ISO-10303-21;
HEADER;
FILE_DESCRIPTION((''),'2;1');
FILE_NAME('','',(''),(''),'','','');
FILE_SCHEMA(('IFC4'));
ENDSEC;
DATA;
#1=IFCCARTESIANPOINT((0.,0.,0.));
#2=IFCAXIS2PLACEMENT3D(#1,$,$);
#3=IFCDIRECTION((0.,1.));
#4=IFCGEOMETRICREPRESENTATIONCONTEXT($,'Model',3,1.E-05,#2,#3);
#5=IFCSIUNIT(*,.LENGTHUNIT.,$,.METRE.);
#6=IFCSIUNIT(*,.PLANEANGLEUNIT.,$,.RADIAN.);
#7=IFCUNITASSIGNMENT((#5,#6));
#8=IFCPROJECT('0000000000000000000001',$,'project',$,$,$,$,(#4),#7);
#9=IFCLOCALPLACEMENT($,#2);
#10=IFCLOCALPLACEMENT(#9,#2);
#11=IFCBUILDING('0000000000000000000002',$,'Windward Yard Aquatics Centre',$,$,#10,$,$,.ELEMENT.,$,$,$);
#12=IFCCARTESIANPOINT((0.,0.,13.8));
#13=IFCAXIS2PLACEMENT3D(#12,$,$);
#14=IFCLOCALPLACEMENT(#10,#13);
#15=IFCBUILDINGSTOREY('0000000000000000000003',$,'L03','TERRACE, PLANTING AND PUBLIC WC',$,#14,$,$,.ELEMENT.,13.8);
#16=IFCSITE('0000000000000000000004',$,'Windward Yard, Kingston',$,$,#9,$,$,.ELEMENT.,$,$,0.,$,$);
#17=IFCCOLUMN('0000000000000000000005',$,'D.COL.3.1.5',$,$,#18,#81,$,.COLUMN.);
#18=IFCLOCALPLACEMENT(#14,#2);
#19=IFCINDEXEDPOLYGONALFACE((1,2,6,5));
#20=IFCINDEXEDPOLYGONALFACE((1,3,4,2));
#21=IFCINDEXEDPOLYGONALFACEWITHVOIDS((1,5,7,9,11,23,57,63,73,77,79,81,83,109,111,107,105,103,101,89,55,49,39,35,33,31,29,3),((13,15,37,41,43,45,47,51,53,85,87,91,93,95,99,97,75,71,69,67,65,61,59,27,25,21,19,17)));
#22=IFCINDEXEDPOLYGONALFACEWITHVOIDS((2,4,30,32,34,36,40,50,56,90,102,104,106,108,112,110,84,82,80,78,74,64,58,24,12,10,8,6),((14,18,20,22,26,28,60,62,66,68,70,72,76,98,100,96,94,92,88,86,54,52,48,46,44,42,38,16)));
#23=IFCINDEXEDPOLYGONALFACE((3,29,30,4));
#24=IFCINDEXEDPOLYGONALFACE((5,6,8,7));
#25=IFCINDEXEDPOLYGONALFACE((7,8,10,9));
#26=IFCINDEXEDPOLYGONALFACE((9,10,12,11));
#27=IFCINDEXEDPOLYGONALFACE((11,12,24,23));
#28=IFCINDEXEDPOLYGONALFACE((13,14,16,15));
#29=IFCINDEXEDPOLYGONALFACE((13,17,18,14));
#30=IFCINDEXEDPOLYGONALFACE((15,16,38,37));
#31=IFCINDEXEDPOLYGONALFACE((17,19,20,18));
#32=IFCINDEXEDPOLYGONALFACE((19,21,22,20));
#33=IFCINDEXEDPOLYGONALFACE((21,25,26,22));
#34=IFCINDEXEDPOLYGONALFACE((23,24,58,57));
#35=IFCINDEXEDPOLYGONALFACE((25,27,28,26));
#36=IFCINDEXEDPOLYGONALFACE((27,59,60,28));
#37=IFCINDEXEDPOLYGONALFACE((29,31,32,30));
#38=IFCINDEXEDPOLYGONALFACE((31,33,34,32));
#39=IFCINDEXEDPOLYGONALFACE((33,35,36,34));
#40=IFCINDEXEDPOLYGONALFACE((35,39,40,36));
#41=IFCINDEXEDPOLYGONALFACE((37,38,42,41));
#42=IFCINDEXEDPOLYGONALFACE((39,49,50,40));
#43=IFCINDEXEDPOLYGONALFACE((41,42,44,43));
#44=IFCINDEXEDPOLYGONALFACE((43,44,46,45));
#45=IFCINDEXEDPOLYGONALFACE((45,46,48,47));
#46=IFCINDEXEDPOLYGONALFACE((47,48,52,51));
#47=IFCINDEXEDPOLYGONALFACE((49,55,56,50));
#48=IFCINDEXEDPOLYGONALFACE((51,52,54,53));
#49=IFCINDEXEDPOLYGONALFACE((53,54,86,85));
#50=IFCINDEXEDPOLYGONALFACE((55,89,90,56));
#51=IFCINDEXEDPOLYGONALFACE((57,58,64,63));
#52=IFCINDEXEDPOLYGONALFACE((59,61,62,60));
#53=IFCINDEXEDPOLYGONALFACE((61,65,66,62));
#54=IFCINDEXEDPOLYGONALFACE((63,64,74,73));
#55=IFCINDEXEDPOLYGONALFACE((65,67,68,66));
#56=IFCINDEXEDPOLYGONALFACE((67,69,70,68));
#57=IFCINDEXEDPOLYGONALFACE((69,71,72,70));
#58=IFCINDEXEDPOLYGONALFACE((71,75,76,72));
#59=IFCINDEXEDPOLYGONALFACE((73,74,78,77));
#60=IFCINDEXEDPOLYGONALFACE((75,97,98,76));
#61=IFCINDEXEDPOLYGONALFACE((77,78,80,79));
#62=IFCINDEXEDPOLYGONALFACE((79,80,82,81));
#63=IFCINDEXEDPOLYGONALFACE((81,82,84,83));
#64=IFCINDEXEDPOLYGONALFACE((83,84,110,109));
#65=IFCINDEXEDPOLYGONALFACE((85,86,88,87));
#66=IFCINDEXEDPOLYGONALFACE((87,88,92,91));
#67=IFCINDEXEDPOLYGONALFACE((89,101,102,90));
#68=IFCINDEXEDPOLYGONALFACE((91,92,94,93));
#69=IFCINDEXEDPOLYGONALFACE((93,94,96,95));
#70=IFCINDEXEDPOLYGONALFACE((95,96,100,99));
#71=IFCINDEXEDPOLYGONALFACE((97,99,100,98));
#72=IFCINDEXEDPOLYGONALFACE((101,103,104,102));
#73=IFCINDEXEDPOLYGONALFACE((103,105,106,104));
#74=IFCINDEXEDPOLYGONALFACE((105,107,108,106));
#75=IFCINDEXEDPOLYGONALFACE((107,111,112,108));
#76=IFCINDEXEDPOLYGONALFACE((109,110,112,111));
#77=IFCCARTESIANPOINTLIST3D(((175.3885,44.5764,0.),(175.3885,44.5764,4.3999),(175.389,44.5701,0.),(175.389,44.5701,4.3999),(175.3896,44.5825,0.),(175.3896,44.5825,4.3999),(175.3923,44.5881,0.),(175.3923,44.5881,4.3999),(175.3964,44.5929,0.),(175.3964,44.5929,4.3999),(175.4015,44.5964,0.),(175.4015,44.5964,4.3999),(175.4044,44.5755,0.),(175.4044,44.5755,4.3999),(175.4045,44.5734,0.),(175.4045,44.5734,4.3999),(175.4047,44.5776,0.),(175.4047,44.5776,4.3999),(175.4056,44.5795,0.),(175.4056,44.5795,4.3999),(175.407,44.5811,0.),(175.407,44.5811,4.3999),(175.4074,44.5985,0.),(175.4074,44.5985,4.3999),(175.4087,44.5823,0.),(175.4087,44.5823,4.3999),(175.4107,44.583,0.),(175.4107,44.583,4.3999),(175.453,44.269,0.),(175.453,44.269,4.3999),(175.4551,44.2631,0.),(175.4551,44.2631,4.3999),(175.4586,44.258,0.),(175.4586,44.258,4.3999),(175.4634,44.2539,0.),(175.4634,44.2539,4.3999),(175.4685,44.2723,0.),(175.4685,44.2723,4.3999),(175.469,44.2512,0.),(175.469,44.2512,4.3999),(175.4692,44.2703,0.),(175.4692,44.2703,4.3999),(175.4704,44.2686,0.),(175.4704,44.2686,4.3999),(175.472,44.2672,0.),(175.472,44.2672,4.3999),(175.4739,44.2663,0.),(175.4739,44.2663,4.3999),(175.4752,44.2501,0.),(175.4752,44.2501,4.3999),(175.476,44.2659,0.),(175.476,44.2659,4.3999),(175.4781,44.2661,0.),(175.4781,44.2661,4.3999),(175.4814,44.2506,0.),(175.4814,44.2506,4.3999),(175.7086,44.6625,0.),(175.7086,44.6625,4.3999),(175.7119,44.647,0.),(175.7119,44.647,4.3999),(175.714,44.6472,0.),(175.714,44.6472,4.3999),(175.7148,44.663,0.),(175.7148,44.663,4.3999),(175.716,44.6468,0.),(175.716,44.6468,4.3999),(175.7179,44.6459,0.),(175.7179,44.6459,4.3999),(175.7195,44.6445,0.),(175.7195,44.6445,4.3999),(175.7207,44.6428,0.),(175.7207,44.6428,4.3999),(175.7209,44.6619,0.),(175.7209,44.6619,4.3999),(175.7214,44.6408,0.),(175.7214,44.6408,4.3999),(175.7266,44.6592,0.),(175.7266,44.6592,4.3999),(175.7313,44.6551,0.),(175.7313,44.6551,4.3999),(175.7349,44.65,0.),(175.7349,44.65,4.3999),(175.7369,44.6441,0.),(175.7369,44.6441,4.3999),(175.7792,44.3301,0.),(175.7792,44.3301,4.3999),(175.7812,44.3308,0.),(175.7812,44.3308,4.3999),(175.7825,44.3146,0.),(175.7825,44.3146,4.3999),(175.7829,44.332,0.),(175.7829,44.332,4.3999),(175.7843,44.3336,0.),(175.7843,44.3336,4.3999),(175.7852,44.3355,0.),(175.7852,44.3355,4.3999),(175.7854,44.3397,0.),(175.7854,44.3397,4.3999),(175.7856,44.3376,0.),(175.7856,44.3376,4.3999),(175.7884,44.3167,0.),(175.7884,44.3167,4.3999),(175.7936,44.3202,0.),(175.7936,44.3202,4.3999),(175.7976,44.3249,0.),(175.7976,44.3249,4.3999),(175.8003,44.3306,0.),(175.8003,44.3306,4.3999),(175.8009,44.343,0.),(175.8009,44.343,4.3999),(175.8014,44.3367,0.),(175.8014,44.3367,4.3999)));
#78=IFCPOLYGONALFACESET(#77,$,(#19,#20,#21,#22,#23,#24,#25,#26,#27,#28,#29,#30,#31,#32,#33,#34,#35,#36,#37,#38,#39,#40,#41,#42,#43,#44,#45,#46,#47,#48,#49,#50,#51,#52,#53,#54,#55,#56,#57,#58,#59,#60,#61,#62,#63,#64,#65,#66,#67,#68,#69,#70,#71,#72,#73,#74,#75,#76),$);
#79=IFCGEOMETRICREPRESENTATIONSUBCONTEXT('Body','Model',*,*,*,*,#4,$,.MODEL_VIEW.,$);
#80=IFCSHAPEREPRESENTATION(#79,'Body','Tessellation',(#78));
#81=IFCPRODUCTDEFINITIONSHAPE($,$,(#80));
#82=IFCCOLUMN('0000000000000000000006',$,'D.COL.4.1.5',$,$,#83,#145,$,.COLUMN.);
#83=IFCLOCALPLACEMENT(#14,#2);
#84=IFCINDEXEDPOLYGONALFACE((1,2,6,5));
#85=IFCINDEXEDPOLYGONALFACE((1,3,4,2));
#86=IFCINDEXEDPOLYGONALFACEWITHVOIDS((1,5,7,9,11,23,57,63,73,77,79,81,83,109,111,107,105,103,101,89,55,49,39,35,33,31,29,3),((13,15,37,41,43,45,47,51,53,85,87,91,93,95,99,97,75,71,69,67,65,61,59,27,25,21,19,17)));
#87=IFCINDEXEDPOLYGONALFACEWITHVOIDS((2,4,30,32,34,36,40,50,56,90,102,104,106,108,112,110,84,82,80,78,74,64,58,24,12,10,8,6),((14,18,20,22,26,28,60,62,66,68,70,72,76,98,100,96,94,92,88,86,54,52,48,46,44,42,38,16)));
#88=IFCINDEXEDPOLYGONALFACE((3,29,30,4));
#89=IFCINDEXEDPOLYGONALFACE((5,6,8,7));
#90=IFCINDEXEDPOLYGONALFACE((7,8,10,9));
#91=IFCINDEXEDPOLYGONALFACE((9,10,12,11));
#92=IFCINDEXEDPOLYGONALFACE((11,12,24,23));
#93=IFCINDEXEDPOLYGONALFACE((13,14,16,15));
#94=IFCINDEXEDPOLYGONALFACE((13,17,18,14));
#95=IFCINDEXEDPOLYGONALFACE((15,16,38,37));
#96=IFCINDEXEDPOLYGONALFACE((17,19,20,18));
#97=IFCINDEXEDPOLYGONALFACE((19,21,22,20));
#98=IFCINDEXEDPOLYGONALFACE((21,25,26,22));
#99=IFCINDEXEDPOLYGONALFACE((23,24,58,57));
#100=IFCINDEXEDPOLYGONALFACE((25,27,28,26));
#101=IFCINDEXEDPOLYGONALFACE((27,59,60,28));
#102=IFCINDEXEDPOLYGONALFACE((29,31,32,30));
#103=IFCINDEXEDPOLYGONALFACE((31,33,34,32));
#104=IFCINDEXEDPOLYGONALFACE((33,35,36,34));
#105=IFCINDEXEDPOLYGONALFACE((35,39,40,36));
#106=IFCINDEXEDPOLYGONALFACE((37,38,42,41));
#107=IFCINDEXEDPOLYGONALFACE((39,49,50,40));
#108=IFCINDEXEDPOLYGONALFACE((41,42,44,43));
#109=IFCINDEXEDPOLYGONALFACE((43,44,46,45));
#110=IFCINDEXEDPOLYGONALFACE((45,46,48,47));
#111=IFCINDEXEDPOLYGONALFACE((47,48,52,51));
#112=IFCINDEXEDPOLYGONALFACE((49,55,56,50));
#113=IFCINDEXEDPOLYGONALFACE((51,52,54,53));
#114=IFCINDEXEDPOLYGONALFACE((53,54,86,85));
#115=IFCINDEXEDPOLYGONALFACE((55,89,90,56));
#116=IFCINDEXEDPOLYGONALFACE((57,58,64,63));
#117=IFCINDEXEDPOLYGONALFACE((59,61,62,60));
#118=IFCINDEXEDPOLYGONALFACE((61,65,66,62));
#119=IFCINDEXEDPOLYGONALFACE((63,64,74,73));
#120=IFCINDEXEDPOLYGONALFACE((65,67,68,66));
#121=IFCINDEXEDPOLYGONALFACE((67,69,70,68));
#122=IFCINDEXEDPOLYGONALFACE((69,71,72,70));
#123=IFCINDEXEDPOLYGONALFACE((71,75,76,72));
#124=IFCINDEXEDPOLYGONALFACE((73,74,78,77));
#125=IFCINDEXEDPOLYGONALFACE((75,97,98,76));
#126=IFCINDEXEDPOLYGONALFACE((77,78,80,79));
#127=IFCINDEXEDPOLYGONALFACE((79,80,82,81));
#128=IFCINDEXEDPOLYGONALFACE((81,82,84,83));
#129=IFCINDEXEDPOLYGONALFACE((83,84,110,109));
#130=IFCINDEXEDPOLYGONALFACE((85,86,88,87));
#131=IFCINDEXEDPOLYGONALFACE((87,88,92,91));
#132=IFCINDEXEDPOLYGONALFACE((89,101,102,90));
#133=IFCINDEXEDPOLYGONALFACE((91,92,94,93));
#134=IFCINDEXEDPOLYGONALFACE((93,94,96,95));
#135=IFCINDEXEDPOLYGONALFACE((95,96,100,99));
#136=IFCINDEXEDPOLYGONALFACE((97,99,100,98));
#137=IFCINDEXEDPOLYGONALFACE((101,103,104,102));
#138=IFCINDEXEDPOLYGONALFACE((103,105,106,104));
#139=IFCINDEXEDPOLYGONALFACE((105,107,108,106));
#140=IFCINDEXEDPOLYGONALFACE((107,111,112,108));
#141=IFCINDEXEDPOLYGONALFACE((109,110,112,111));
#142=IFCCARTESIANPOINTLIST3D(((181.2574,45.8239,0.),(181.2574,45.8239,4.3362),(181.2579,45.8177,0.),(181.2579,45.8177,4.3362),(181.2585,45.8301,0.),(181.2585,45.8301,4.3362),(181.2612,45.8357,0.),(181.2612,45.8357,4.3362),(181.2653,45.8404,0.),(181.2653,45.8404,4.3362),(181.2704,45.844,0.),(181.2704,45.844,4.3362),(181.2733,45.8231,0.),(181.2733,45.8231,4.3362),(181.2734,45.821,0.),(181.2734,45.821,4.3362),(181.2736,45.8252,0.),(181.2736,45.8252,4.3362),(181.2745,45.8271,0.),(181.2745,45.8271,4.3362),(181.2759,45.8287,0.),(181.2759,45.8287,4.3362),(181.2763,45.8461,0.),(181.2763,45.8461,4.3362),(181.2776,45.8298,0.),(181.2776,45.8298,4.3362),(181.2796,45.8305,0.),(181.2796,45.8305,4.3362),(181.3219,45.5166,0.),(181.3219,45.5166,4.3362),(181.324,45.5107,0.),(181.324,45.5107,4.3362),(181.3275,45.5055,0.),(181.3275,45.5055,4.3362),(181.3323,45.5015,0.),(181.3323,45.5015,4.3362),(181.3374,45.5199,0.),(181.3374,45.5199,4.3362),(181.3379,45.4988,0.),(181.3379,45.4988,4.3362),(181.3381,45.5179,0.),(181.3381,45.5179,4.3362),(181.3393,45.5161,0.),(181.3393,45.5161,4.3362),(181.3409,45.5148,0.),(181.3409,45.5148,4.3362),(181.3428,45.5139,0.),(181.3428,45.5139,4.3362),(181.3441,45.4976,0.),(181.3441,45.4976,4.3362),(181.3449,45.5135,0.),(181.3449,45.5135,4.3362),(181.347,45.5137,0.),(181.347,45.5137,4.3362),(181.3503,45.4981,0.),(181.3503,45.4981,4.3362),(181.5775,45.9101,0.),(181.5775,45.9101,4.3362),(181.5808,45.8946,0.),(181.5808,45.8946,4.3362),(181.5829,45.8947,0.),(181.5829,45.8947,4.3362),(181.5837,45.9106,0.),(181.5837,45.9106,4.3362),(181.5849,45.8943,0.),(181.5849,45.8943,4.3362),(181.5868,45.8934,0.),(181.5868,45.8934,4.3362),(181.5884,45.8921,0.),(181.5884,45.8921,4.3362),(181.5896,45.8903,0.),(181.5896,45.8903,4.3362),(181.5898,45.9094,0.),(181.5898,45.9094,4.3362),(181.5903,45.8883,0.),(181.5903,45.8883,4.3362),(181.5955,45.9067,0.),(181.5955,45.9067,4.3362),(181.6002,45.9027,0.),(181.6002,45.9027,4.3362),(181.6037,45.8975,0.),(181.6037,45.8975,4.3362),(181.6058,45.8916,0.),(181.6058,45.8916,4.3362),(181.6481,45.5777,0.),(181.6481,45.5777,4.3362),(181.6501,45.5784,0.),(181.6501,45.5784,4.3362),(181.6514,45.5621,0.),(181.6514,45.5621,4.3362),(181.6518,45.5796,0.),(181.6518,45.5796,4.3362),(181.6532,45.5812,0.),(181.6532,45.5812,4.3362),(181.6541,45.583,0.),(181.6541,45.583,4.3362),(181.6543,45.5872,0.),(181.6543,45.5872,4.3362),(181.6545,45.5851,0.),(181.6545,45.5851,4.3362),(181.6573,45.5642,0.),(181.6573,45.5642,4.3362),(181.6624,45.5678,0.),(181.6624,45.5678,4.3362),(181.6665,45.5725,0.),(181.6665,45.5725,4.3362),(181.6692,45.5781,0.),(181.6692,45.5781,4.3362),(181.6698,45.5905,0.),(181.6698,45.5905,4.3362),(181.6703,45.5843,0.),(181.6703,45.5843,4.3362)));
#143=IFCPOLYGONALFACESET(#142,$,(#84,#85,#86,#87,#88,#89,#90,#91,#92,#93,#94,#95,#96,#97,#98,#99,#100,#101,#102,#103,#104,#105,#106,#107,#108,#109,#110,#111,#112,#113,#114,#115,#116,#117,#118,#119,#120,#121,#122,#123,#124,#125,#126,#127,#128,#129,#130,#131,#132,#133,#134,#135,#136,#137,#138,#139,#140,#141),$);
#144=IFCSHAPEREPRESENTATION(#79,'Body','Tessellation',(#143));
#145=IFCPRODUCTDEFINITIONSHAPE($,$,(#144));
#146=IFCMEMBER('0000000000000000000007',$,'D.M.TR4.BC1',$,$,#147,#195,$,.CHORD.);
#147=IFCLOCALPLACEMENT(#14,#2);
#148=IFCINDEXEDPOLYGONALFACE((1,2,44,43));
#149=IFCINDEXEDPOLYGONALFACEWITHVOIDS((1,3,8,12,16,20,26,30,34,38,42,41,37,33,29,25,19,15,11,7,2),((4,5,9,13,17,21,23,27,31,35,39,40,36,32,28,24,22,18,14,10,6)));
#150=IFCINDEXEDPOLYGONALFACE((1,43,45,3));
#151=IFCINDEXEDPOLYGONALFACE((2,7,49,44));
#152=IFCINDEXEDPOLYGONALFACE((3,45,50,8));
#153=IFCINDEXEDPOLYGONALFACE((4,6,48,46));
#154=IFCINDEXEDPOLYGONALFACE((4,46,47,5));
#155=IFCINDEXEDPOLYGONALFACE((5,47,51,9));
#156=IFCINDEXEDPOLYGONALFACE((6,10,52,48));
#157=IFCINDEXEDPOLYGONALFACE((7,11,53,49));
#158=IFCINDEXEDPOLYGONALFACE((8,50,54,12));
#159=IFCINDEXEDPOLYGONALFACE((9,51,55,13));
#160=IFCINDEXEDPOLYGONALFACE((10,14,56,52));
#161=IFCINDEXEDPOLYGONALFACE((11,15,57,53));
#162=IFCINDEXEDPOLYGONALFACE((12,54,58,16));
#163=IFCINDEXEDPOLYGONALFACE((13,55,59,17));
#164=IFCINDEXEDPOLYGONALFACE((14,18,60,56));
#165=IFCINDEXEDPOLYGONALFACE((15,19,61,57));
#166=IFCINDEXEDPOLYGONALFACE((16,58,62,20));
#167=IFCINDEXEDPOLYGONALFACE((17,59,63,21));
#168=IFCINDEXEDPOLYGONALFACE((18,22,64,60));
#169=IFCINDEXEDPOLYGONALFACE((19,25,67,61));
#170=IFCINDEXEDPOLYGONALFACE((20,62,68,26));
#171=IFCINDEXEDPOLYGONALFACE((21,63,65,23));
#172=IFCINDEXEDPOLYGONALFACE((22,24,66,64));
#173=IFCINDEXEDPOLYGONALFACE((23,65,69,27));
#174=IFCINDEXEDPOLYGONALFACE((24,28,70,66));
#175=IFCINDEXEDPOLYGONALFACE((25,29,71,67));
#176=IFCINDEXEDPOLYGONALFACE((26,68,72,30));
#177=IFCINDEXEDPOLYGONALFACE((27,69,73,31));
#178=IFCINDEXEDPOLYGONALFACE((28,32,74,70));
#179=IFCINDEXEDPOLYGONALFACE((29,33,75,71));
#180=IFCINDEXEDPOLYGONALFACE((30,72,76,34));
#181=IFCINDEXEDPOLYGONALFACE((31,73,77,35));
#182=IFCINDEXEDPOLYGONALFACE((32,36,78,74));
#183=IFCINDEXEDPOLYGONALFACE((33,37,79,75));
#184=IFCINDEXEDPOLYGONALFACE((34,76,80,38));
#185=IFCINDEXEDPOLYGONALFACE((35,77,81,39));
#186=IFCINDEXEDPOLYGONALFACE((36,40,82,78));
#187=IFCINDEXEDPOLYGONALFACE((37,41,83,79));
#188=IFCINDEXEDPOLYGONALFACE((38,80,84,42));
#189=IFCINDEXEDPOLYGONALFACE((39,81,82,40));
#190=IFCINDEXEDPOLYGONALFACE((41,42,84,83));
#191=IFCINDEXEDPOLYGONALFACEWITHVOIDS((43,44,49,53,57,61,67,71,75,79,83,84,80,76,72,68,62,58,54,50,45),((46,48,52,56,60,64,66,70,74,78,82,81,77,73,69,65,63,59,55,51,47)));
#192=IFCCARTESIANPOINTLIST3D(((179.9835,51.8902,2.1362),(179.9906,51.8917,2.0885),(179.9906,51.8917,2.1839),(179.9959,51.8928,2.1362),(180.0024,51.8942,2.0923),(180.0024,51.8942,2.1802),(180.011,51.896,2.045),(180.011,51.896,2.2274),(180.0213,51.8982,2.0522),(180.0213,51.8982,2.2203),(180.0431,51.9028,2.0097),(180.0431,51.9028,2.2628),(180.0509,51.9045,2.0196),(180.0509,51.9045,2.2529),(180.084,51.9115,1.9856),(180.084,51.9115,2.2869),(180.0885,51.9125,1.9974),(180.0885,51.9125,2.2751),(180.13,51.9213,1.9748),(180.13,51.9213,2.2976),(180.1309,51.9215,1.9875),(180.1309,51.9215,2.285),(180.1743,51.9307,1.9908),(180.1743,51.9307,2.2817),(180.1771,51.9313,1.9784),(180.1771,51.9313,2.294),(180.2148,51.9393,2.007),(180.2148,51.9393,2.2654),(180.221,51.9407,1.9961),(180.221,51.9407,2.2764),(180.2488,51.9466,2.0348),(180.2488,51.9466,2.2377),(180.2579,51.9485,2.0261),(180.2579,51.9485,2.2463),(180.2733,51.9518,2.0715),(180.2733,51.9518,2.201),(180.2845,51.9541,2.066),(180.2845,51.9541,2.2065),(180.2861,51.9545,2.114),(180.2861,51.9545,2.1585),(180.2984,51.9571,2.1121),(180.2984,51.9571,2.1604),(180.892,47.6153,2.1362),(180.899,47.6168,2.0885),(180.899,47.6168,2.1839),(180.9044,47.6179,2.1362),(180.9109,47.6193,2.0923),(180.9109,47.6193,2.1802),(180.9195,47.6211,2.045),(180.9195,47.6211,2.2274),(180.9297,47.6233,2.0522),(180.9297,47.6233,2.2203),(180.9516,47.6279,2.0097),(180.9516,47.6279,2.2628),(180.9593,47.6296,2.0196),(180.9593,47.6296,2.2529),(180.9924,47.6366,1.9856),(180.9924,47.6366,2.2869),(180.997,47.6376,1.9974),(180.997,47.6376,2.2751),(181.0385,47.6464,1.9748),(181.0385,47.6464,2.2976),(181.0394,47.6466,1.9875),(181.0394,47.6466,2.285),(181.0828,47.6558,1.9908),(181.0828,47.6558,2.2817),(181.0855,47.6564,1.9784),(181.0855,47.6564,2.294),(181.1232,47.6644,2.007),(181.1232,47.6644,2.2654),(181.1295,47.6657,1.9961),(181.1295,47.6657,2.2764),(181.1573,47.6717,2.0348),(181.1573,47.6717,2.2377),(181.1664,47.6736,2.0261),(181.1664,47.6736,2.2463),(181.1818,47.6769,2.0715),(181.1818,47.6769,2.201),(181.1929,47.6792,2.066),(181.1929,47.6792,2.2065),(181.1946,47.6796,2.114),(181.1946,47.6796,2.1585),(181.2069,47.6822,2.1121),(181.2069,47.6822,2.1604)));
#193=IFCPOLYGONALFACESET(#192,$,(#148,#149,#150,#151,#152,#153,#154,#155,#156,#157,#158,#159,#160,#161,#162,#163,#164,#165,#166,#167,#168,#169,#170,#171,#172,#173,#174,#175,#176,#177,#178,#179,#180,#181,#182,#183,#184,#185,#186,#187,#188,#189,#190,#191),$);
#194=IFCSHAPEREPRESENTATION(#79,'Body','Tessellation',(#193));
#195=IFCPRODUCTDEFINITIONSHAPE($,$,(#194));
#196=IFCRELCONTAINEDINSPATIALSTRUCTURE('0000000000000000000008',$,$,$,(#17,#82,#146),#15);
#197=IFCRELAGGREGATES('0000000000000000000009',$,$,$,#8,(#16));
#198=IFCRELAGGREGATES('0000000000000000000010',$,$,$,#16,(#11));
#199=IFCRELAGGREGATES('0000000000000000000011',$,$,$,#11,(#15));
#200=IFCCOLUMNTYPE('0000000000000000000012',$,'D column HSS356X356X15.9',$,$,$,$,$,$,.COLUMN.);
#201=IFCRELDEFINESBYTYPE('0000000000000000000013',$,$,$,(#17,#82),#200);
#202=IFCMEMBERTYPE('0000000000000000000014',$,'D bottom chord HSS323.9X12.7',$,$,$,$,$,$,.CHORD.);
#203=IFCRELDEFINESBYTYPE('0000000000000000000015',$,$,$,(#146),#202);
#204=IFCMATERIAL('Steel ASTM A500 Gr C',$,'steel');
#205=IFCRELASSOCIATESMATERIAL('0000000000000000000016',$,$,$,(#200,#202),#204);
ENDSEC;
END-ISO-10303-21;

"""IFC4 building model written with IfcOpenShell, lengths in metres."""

from ifc_helpers import new_model, si_unit, direction, frame, origin, origin_2d, place, context, subcontext, project, spatial, hollow_rectangle, hollow_circle, extrude, material, material_profile, profile_set, type_object, element, save


model = new_model("IFC4")

# Units and contexts
model_context = context("Model", 3, precision=1e-05, world=origin(), true_north=direction((0.0, 1.0)))
body_context = subcontext(model_context, "Body", "Model", "MODEL_VIEW")
ifc_project = project(units=[si_unit("LENGTHUNIT", "METRE"), si_unit("PLANEANGLEUNIT", "RADIAN")], contexts=[model_context])

# Site, building, storey
site_placement = place(None, origin())
site = spatial("IfcSite", under=ifc_project, at=site_placement, Name="Windward Yard, Kingston", CompositionType="ELEMENT", RefElevation=0.0)
building_placement = place(site_placement, origin())
building = spatial("IfcBuilding", under=site, at=building_placement, Name="Windward Yard Aquatics Centre", CompositionType="ELEMENT")
storey_placement = place(building_placement, frame((0.0, 0.0, 13.8)))
storey = spatial("IfcBuildingStorey", under=building, at=storey_placement, Name="L03", Description="TERRACE, PLANTING AND PUBLIC WC", CompositionType="ELEMENT", Elevation=13.8)

# Columns
ifc_material_1 = material(Name="Steel ASTM A500 Gr C", Category="steel")
ifc_material_profile_1 = material_profile(ifc_material_1, hollow_rectangle(XDim=0.3557, YDim=0.3557, WallThickness=0.0159, InnerFilletRadius=0.0081, OuterFilletRadius=0.0239, at=origin_2d()), Name="HSS356X356X15.9")
ifc_profile_set_1 = profile_set([ifc_material_profile_1], Name="Steel ASTM A500 Gr C")
column_type = type_object("IfcColumnType", Name="D column HSS356X356X15.9", PredefinedType="COLUMN", material=ifc_profile_set_1)
column_1_placement = place(storey_placement, frame((175.595, 44.4565, 0.0), z_axis=(0.0, 0.0, 1.0), x_axis=(0.978148, 0.207912, 0.0)))
element("IfcColumn", 1, at=column_1_placement, inside=storey, type_object=column_type, Name="D.COL.3.1.5", PredefinedType="COLUMN", context=body_context, shape_type="SweptSolid", body=[
    extrude(hollow_rectangle(XDim=0.3557, YDim=0.3557, WallThickness=0.0159, InnerFilletRadius=0.0081, OuterFilletRadius=0.0239, at=origin_2d()), origin(), (0.0, 0.0, 1.0), 4.3999),
])
column_2_placement = place(storey_placement, frame((181.4639, 45.7041, 0.0), z_axis=(0.0, 0.0, 1.0), x_axis=(0.978148, 0.207912, 0.0)))
element("IfcColumn", 2, at=column_2_placement, inside=storey, type_object=column_type, Name="D.COL.4.1.5", PredefinedType="COLUMN", context=body_context, shape_type="SweptSolid", body=[
    extrude(hollow_rectangle(XDim=0.3557, YDim=0.3557, WallThickness=0.0159, InnerFilletRadius=0.0081, OuterFilletRadius=0.0239, at=origin_2d()), origin(), (0.0, 0.0, 1.0), 4.3362),
])

# Member
ifc_material_profile_2 = material_profile(ifc_material_1, hollow_circle(Radius=0.1619, WallThickness=0.0127, at=origin_2d()), Name="HSS323.9X12.7")
ifc_profile_set_2 = profile_set([ifc_material_profile_2], Name="Steel ASTM A500 Gr C")
member_type_1 = type_object("IfcMemberType", Name="D bottom chord HSS323.9X12.7", PredefinedType="CHORD", material=ifc_profile_set_2)
member_1_placement = place(storey_placement, frame((181.0503, 47.6489, 2.1362), z_axis=(-0.207865, 0.978157, 0.0), x_axis=(-0.978157, -0.207865, 0.0)))
element("IfcMember", 3, at=member_1_placement, inside=storey, type_object=member_type_1, Name="D.M.TR4.BC1", PredefinedType="CHORD", context=body_context, shape_type="SweptSolid", body=[
    extrude(hollow_circle(Radius=0.1619, WallThickness=0.0127, at=origin_2d()), origin(), (0.0, 0.0, 1.0), 4.3704),
])

save(model, "model.ifc")
